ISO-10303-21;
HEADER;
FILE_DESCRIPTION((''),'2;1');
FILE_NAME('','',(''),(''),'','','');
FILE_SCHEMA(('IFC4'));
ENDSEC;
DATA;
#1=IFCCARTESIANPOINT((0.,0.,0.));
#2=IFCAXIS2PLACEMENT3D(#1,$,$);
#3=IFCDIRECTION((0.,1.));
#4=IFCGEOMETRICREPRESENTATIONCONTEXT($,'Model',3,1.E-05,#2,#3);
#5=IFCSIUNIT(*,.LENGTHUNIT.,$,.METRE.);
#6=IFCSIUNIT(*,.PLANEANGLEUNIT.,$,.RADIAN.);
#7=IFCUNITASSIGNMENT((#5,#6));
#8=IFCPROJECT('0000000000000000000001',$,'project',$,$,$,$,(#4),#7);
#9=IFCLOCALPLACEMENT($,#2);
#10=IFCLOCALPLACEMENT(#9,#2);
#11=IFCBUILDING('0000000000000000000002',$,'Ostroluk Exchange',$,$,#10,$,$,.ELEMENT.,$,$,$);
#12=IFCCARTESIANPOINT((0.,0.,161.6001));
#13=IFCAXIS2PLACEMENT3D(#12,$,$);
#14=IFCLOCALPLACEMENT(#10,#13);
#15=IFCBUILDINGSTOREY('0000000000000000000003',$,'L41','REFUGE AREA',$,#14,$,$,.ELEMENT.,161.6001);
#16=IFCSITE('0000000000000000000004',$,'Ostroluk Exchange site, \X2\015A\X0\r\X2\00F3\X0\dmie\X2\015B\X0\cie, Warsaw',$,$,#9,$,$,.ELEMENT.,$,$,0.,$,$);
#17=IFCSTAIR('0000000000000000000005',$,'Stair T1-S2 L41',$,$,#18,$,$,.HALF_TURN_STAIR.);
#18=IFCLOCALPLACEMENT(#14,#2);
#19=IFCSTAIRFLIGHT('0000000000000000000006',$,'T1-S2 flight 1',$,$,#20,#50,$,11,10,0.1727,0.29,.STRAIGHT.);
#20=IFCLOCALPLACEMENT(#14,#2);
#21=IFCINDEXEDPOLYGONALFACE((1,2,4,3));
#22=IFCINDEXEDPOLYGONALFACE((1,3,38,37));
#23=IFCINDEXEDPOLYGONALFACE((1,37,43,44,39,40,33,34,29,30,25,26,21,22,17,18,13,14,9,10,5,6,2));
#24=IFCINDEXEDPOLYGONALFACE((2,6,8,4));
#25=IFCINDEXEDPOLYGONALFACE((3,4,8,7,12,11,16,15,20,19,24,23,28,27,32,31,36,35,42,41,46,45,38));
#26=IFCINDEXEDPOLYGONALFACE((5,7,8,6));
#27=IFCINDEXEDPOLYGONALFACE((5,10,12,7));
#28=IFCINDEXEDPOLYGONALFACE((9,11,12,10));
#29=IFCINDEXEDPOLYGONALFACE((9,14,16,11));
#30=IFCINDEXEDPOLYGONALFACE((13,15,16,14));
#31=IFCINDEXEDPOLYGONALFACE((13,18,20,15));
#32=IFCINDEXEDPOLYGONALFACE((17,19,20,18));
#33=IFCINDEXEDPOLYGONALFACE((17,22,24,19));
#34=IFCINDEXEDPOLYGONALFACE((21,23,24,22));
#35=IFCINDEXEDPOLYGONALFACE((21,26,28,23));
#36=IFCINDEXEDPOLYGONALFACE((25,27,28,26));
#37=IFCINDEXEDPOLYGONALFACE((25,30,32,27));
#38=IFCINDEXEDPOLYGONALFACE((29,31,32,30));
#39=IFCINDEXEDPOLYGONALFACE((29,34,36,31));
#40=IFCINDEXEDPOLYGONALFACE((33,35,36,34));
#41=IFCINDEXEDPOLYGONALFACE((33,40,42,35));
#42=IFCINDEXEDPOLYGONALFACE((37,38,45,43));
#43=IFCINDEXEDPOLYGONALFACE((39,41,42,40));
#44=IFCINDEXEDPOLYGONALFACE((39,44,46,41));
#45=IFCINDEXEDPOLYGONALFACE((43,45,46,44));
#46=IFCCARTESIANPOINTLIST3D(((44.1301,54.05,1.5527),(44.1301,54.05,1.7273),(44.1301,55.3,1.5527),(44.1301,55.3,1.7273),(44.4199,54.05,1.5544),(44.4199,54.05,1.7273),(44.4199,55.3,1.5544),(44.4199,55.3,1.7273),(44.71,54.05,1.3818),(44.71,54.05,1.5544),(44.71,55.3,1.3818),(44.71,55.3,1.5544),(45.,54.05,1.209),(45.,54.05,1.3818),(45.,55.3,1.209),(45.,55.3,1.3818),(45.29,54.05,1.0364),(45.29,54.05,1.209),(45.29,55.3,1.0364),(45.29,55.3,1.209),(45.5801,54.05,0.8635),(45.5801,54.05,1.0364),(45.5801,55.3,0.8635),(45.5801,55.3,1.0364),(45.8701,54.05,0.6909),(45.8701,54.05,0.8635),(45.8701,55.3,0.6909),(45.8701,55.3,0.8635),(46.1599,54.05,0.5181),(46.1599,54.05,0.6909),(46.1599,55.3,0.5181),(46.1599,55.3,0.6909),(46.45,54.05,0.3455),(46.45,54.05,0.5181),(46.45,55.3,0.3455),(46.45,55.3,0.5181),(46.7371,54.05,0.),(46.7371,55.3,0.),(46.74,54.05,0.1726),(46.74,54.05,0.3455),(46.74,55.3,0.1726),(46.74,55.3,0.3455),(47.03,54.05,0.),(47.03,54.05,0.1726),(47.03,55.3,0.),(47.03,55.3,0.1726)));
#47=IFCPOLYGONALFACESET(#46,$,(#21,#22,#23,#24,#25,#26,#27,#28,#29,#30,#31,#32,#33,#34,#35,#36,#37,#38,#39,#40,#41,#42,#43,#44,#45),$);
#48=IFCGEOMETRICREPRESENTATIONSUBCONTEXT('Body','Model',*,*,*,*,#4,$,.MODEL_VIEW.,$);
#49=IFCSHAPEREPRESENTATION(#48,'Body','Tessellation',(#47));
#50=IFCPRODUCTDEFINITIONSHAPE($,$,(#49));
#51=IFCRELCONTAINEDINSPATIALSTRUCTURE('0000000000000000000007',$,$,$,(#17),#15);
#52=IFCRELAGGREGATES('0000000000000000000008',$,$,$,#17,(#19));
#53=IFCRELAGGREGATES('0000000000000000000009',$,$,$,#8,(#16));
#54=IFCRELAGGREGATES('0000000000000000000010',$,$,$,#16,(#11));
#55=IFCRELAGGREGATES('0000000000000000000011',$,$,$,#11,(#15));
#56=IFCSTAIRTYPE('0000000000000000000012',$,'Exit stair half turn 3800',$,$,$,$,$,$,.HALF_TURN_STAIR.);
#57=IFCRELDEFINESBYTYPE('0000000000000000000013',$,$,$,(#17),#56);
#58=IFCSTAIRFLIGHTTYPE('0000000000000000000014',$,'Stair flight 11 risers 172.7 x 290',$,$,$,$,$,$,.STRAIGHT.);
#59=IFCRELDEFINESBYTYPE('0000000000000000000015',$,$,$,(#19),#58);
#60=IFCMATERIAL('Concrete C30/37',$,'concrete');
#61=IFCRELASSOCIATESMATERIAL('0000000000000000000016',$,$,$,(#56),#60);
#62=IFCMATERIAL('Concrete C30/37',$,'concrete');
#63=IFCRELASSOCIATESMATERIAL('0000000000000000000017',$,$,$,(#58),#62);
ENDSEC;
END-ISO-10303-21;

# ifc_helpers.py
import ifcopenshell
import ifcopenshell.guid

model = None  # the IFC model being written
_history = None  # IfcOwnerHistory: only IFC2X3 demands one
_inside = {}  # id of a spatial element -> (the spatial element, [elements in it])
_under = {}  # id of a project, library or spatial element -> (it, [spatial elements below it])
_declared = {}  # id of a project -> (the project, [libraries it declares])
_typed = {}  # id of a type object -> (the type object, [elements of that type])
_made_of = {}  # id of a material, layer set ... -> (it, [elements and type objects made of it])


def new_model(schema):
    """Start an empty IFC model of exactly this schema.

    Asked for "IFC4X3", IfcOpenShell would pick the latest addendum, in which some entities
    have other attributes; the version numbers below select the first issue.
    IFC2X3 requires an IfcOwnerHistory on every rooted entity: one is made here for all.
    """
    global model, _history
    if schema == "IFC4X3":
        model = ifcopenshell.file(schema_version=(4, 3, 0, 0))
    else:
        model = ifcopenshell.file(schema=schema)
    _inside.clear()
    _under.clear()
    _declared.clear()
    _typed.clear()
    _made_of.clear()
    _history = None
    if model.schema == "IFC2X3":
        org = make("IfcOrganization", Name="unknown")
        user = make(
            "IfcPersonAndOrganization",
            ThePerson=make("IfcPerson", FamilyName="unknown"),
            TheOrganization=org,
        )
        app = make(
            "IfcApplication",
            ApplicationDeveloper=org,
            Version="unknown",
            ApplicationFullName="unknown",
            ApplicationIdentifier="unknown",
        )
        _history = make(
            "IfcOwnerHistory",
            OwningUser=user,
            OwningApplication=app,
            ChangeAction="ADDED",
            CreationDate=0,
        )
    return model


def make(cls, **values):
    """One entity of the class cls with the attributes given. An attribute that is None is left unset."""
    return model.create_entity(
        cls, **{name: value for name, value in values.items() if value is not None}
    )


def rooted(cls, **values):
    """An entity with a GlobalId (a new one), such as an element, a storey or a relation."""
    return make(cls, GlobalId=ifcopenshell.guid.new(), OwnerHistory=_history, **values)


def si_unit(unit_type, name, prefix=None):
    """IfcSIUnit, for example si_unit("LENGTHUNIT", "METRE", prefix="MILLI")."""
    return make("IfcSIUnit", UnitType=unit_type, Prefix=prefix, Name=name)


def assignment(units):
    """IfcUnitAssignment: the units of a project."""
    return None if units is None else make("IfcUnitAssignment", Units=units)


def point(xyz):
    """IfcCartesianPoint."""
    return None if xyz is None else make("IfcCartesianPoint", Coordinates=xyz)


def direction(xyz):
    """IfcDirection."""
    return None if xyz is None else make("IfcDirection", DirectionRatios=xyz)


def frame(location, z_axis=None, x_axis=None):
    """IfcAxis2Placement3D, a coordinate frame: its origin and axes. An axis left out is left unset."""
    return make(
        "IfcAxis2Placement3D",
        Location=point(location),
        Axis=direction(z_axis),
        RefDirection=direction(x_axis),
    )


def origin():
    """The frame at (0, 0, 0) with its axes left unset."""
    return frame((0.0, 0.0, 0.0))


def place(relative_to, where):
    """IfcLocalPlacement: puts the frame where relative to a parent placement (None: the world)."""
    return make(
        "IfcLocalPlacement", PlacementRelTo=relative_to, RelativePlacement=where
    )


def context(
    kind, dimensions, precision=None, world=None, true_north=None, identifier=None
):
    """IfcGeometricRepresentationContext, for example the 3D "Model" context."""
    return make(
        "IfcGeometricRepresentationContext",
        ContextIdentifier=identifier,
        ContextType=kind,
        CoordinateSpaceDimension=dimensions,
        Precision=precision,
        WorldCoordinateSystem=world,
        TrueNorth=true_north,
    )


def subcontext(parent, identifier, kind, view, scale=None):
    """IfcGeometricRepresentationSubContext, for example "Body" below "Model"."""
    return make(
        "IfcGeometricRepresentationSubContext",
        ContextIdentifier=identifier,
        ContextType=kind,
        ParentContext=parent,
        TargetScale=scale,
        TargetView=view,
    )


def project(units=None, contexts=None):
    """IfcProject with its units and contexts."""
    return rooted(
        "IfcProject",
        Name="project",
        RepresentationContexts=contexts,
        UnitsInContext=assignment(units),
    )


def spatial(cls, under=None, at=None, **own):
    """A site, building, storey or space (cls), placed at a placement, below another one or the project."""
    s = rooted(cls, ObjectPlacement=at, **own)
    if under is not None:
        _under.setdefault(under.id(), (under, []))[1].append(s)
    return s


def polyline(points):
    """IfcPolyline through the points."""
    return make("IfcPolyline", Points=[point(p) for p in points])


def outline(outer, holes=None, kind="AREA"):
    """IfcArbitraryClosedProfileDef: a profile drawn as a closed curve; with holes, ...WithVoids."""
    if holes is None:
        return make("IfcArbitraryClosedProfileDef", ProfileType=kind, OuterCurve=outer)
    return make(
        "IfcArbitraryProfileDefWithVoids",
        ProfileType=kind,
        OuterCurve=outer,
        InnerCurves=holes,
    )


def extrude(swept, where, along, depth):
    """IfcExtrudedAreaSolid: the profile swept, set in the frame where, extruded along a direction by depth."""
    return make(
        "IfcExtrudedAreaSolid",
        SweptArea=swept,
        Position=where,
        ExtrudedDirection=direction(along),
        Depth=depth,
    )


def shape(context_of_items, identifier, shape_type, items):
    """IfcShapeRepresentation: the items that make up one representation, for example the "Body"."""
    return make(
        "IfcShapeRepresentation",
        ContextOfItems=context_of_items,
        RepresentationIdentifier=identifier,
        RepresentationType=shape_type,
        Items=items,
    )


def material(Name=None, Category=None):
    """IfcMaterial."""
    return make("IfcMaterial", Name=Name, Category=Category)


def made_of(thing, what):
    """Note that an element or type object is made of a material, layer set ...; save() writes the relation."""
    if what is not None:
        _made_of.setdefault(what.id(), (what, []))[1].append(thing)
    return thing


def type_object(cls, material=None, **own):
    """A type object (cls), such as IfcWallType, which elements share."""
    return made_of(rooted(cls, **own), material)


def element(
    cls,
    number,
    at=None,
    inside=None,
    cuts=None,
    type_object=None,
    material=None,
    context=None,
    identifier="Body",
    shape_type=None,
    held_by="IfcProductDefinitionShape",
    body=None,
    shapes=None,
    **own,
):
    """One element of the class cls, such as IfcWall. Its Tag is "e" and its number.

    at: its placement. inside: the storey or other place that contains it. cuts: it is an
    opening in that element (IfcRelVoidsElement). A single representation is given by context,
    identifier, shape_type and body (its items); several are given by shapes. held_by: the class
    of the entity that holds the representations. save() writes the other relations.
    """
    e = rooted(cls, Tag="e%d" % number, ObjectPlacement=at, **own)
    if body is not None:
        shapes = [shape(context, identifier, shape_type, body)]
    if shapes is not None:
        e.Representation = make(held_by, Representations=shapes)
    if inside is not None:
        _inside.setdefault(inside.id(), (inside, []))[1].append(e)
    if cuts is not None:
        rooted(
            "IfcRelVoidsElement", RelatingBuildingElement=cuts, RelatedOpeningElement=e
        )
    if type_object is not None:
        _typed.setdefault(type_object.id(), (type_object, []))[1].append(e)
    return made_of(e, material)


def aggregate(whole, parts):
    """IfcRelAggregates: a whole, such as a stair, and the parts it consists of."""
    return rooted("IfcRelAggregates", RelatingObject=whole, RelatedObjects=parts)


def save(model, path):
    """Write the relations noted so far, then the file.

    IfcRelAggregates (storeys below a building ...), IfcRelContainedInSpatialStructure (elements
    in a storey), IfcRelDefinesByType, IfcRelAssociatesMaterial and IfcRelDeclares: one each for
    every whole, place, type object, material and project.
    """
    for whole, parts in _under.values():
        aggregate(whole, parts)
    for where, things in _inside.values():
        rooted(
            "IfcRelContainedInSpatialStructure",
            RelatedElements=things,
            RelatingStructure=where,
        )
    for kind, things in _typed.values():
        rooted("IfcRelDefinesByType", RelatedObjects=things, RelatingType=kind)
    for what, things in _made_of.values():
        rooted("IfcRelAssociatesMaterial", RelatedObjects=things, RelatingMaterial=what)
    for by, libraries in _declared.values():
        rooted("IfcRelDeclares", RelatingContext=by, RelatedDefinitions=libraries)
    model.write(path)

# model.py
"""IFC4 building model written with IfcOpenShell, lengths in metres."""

from ifc_helpers import new_model, si_unit, direction, frame, origin, place, context, subcontext, project, spatial, polyline, outline, extrude, material, type_object, element, aggregate, save


model = new_model("IFC4")

# Units and contexts
model_context = context("Model", 3, precision=1e-05, world=origin(), true_north=direction((0.0, 1.0)))
body_context = subcontext(model_context, "Body", "Model", "MODEL_VIEW")
ifc_project = project(units=[si_unit("LENGTHUNIT", "METRE"), si_unit("PLANEANGLEUNIT", "RADIAN")], contexts=[model_context])

# Site, building, storey
site_placement = place(None, origin())
site = spatial("IfcSite", under=ifc_project, at=site_placement, Name="Ostroluk Exchange site, Śródmieście, Warsaw", CompositionType="ELEMENT", RefElevation=0.0)
building_placement = place(site_placement, origin())
building = spatial("IfcBuilding", under=site, at=building_placement, Name="Ostroluk Exchange", CompositionType="ELEMENT")
storey_placement = place(building_placement, frame((0.0, 0.0, 161.6001)))
storey = spatial("IfcBuildingStorey", under=building, at=storey_placement, Name="L41", Description="REFUGE AREA", CompositionType="ELEMENT", Elevation=161.6001)

# Stair, stair flight
ifc_material_1 = material(Name="Concrete C30/37", Category="concrete")
stair_type = type_object("IfcStairType", Name="Exit stair half turn 3800", PredefinedType="HALF_TURN_STAIR", material=ifc_material_1)
stair_placement = place(storey_placement, origin())
stair = element("IfcStair", 1, at=stair_placement, inside=storey, type_object=stair_type, Name="Stair T1-S2 L41", PredefinedType="HALF_TURN_STAIR")
ifc_material_2 = material(Name="Concrete C30/37", Category="concrete")
stair_flight_type = type_object("IfcStairFlightType", Name="Stair flight 11 risers 172.7 x 290", PredefinedType="STRAIGHT", material=ifc_material_2)
stair_flight_placement = place(storey_placement, frame((47.03, 54.675, 0.0), z_axis=(0.0, 0.0, 1.0), x_axis=(-1.0, 0.0, 0.0)))
stair_flight = element("IfcStairFlight", 2, at=stair_flight_placement, type_object=stair_flight_type, Name="T1-S2 flight 1", NumberOfRisers=11, NumberOfTreads=10, PredefinedType="STRAIGHT", RiserHeight=0.1727, TreadLength=0.29, context=body_context, shape_type="SweptSolid", body=[
    extrude(outline(polyline([(0.0, 0.0), (0.0, 0.1726), (0.29, 0.1726), (0.29, 0.3455), (0.5801, 0.3455), (0.5801, 0.5181), (0.8701, 0.5181), (0.8701, 0.6909), (1.1599, 0.6909), (1.1599, 0.8635), (1.45, 0.8635), (1.45, 1.0364), (1.74, 1.0364), (1.74, 1.209), (2.03, 1.209), (2.03, 1.3818), (2.3201, 1.3818), (2.3201, 1.5544), (2.6101, 1.5544), (2.6101, 1.7273), (2.8999, 1.7273), (2.8999, 1.8999), (2.8999, 1.5527), (0.293, 0.0), (0.0, 0.0)])), frame((0.0, 0.625, 0.0), z_axis=(0.0, -1.0, 0.0), x_axis=(1.0, 0.0, 0.0)), (0.0, 0.0, 1.0), 1.25),
])
aggregate(stair, [stair_flight])

save(model, "model.ifc")
